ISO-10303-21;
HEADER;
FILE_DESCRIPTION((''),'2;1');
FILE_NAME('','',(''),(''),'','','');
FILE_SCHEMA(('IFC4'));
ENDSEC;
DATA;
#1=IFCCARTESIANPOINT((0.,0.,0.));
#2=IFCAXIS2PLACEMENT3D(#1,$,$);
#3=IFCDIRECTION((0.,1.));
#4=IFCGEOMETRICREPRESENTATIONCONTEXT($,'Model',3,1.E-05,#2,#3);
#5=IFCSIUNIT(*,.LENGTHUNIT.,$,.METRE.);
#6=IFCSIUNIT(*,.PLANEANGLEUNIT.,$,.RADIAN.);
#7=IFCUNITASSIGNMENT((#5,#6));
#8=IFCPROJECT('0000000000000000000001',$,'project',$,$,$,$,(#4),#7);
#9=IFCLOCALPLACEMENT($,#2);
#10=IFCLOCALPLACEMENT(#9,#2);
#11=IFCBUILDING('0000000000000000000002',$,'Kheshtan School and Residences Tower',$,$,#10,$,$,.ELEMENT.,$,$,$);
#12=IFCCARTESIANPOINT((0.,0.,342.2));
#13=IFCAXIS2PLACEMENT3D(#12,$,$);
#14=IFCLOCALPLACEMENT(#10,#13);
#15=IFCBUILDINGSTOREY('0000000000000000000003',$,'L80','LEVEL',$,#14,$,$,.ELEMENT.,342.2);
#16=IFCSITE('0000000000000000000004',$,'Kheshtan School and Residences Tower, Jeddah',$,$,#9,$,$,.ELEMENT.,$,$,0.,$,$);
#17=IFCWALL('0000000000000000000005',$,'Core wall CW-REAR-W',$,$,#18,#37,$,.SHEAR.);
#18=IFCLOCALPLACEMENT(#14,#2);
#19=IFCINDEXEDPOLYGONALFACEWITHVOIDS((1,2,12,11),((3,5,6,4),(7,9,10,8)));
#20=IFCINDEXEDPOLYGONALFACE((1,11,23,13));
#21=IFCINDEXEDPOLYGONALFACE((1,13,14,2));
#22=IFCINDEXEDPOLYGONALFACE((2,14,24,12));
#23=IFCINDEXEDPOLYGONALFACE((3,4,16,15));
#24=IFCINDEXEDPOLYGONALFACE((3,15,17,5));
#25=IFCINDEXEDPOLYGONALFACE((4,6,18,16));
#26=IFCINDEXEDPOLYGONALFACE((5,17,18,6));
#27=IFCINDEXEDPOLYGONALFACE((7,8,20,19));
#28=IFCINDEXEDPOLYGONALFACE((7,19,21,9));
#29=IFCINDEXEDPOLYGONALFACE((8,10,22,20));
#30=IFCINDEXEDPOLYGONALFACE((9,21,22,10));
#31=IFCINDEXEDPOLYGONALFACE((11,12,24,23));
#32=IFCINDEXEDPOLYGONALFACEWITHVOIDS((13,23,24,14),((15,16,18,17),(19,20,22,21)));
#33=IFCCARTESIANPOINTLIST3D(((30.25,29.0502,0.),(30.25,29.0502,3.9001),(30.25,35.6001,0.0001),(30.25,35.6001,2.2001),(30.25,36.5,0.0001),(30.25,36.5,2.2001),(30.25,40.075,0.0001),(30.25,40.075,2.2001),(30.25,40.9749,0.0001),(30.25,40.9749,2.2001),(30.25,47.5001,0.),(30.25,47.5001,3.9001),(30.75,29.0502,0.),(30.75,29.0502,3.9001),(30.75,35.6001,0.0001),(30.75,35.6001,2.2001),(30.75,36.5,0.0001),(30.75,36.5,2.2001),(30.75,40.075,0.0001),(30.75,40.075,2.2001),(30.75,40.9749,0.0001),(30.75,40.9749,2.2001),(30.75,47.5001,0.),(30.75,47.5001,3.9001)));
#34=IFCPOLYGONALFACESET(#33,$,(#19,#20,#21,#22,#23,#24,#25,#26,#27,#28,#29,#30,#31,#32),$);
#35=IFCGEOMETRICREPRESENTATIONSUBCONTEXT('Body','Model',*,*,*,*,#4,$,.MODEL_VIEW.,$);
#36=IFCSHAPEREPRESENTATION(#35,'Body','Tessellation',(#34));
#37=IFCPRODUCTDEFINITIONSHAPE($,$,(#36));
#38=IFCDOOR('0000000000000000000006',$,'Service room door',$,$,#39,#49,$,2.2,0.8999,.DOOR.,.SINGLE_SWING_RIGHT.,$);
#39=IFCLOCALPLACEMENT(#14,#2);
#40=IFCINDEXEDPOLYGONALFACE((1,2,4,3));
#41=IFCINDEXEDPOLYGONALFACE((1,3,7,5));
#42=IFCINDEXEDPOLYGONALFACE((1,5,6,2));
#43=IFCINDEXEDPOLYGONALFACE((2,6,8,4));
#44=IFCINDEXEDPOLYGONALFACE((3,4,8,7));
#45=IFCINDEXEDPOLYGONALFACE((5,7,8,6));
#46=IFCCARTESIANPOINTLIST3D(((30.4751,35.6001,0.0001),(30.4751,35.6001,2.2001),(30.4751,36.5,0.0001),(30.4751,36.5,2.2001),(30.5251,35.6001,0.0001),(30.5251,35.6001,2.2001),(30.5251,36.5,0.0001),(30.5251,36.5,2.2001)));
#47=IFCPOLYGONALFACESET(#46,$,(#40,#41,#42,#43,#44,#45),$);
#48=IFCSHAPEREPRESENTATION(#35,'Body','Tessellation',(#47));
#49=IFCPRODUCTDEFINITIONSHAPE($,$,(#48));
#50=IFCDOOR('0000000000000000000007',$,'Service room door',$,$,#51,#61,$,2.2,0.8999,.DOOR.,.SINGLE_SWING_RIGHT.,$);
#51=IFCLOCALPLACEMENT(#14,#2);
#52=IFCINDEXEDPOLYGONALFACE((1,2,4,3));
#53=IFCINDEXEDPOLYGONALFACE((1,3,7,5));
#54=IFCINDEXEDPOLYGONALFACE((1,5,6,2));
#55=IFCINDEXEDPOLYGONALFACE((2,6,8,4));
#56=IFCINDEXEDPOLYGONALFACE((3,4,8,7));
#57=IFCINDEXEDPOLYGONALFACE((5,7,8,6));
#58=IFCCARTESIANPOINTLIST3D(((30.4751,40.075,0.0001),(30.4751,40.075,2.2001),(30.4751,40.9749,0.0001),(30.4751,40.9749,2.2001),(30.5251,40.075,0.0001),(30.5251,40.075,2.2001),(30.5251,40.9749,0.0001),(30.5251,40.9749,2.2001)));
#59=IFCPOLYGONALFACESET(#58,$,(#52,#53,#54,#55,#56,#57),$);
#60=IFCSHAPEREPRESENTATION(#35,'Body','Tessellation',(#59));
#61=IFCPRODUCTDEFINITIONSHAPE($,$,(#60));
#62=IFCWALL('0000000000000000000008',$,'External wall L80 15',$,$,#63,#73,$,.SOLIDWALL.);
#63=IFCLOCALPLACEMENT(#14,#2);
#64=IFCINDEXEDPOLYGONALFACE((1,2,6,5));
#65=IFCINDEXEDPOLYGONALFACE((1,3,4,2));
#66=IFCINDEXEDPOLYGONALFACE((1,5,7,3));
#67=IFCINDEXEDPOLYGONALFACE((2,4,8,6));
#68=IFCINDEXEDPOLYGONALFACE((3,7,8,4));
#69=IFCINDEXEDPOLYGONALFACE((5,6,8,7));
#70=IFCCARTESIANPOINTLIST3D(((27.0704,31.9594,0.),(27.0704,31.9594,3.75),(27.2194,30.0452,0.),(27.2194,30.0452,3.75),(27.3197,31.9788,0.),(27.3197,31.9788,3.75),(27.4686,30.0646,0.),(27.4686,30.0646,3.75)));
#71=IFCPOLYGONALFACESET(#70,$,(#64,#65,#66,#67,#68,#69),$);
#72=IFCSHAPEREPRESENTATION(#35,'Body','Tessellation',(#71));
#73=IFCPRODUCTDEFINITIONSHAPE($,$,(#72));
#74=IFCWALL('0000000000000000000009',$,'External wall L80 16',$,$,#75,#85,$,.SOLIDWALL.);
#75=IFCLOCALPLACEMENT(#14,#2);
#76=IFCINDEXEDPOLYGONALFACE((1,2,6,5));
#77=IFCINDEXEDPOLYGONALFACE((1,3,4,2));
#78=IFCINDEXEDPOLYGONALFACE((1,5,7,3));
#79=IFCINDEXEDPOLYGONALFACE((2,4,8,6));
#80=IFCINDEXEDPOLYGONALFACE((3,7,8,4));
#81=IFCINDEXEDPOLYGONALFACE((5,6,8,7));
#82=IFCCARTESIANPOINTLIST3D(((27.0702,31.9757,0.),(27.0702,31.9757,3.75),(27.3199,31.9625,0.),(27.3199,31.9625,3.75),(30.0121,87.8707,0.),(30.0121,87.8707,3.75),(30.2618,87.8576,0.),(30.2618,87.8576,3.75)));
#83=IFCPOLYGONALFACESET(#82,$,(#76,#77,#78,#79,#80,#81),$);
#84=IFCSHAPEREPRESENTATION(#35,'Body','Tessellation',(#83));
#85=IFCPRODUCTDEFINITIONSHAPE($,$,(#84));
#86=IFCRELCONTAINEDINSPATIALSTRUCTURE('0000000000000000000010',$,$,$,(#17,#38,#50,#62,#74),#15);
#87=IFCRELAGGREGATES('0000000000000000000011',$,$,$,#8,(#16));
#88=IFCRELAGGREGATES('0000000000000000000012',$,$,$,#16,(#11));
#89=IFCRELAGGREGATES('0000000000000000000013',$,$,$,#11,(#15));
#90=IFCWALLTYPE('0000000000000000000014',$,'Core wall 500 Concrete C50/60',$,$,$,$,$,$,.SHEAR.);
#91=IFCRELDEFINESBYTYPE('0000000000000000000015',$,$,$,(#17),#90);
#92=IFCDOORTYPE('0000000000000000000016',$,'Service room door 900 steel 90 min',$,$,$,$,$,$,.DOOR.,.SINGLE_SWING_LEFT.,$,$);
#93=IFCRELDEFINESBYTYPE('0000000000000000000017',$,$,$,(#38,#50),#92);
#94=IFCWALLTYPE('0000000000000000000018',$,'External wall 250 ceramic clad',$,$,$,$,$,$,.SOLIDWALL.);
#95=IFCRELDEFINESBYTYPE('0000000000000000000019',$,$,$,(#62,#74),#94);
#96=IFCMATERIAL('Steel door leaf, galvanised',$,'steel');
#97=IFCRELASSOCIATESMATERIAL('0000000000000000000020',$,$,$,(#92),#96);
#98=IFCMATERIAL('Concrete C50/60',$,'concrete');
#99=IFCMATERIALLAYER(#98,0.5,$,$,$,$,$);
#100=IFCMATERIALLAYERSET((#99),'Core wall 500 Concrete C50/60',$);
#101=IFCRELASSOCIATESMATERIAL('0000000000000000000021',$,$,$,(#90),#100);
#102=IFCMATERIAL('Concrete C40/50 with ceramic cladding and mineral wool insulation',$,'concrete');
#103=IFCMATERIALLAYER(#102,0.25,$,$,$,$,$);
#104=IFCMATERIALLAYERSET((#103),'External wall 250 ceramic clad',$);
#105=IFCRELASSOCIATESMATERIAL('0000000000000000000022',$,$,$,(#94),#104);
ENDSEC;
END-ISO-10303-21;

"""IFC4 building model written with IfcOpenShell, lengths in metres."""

from ifc_helpers import new_model, si_unit, direction, frame, frame_2d, origin, place, context, subcontext, project, spatial, rectangle, extrude, source, transform, mapped, material, layer, layer_set, type_object, element, fill, save


model = new_model("IFC4")

# Units and contexts
model_context = context("Model", 3, precision=1e-05, world=origin(), true_north=direction((0.0, 1.0)))
body_context = subcontext(model_context, "Body", "Model", "MODEL_VIEW")
ifc_project = project(units=[si_unit("LENGTHUNIT", "METRE"), si_unit("PLANEANGLEUNIT", "RADIAN")], contexts=[model_context])

# Site, building, storey
site_placement = place(None, origin())
site = spatial("IfcSite", under=ifc_project, at=site_placement, Name="Kheshtan School and Residences Tower, Jeddah", CompositionType="ELEMENT", RefElevation=0.0)
building_placement = place(site_placement, origin())
building = spatial("IfcBuilding", under=site, at=building_placement, Name="Kheshtan School and Residences Tower", CompositionType="ELEMENT")
storey_placement = place(building_placement, frame((0.0, 0.0, 342.2)))
storey = spatial("IfcBuildingStorey", under=building, at=storey_placement, Name="L80", Description="LEVEL", CompositionType="ELEMENT", Elevation=342.2)

# Shared definitions
ifc_material_1 = material(Name="Concrete C50/60", Category="concrete")
ifc_material_2 = material(Name="Steel door leaf, galvanised", Category="steel")
door_type_1 = type_object("IfcDoorType", Name="Service room door 900 steel 90 min", OperationType="SINGLE_SWING_LEFT", PredefinedType="DOOR", material=ifc_material_2)
shared_shape_1 = source(origin(), body_context, "Body", "SweptSolid", [
    extrude(rectangle(XDim=0.8999, YDim=2.2, at=frame_2d((0.45, 1.1001))), frame((0.0, 0.0249, 0.0), z_axis=(0.0, -1.0, 0.0), x_axis=(1.0, 0.0, 0.0)), (0.0, 0.0, 1.0), 0.05),
])

# Shared definitions
ifc_layer_1 = layer(ifc_material_1, 0.5)
ifc_layer_set_1 = layer_set([ifc_layer_1], Name="Core wall 500 Concrete C50/60")
wall_type_1 = type_object("IfcWallType", Name="Core wall 500 Concrete C50/60", PredefinedType="SHEAR", material=ifc_layer_set_1)

# Wall, openings, doors
wall_1_placement = place(storey_placement, frame((30.5, 29.05, 0.0), z_axis=(0.0, 0.0, 1.0), x_axis=(0.0, 1.0, 0.0)))
wall_1 = element("IfcWall", 1, at=wall_1_placement, inside=storey, type_object=wall_type_1, Name="Core wall CW-REAR-W", PredefinedType="SHEAR", context=body_context, shape_type="SweptSolid", body=[
    extrude(rectangle(XDim=18.45, YDim=0.5, at=frame_2d((9.2251, 0.0))), origin(), (0.0, 0.0, 1.0), 3.9001),
])
opening_1_placement = place(wall_1_placement, frame((6.55, 0.0, 0.0)))
opening_1 = element("IfcOpeningElement", 2, at=opening_1_placement, cuts=wall_1, PredefinedType="OPENING", context=body_context, shape_type="SweptSolid", body=[
    extrude(rectangle(XDim=0.8999, YDim=2.2, at=frame_2d((0.45, 1.1001))), frame((0.0, 0.26, 0.0), z_axis=(0.0, -1.0, 0.0), x_axis=(1.0, 0.0, 0.0)), (0.0, 0.0, 1.0), 0.52),
])
opening_2_placement = place(wall_1_placement, frame((11.0249, 0.0, 0.0)))
opening_2 = element("IfcOpeningElement", 3, at=opening_2_placement, cuts=wall_1, PredefinedType="OPENING", context=body_context, shape_type="SweptSolid", body=[
    extrude(rectangle(XDim=0.8999, YDim=2.2, at=frame_2d((0.45, 1.1001))), frame((0.0, 0.26, 0.0), z_axis=(0.0, -1.0, 0.0), x_axis=(1.0, 0.0, 0.0)), (0.0, 0.0, 1.0), 0.52),
])
door_1_placement = place(opening_1_placement, origin())
door_1 = element("IfcDoor", 4, at=door_1_placement, inside=storey, type_object=door_type_1, Name="Service room door", OperationType="SINGLE_SWING_RIGHT", OverallHeight=2.2, OverallWidth=0.8999, PredefinedType="DOOR", context=body_context, shape_type="MappedRepresentation", body=[
    mapped(shared_shape_1, transform((0.0, 0.0, 0.0), x_axis=(1.0, 0.0, 0.0), y_axis=(0.0, 1.0, 0.0), z_axis=(0.0, 0.0, 1.0), scale=1.0)),
])
fill(opening_1, door_1)
door_2_placement = place(opening_2_placement, origin())
door_2 = element("IfcDoor", 5, at=door_2_placement, inside=storey, type_object=door_type_1, Name="Service room door", OperationType="SINGLE_SWING_RIGHT", OverallHeight=2.2, OverallWidth=0.8999, PredefinedType="DOOR", context=body_context, shape_type="MappedRepresentation", body=[
    mapped(shared_shape_1, transform((0.0, 0.0, 0.0), x_axis=(1.0, 0.0, 0.0), y_axis=(0.0, 1.0, 0.0), z_axis=(0.0, 0.0, 1.0), scale=1.0)),
])
fill(opening_2, door_2)

# Walls
ifc_material_3 = material(Name="Concrete C40/50 with ceramic cladding and mineral wool insulation", Category="concrete")
ifc_layer_2 = layer(ifc_material_3, 0.25)
ifc_layer_set_2 = layer_set([ifc_layer_2], Name="External wall 250 ceramic clad")
wall_type_2 = type_object("IfcWallType", Name="External wall 250 ceramic clad", PredefinedType="SOLIDWALL", material=ifc_layer_set_2)
wall_2_placement = place(storey_placement, frame((27.344, 30.0549, 0.0), z_axis=(0.0, 0.0, 1.0), x_axis=(-0.077572, 0.996987, 0.0)))
element("IfcWall", 6, at=wall_2_placement, inside=storey, type_object=wall_type_2, Name="External wall L80 15", PredefinedType="SOLIDWALL", context=body_context, shape_type="SweptSolid", body=[
    extrude(rectangle(XDim=1.9199, YDim=0.25, at=frame_2d((0.96, 0.0))), origin(), (0.0, 0.0, 1.0), 3.75),
])
wall_3_placement = place(storey_placement, frame((27.1951, 31.969, 0.0), z_axis=(0.0, 0.0, 1.0), x_axis=(0.05256, 0.998618, 0.0)))
element("IfcWall", 7, at=wall_3_placement, inside=storey, type_object=wall_type_2, Name="External wall L80 16", PredefinedType="SOLIDWALL", context=body_context, shape_type="SweptSolid", body=[
    extrude(rectangle(XDim=55.9724, YDim=0.25, at=frame_2d((27.9863, 0.0))), origin(), (0.0, 0.0, 1.0), 3.75),
])

save(model, "model.ifc")
